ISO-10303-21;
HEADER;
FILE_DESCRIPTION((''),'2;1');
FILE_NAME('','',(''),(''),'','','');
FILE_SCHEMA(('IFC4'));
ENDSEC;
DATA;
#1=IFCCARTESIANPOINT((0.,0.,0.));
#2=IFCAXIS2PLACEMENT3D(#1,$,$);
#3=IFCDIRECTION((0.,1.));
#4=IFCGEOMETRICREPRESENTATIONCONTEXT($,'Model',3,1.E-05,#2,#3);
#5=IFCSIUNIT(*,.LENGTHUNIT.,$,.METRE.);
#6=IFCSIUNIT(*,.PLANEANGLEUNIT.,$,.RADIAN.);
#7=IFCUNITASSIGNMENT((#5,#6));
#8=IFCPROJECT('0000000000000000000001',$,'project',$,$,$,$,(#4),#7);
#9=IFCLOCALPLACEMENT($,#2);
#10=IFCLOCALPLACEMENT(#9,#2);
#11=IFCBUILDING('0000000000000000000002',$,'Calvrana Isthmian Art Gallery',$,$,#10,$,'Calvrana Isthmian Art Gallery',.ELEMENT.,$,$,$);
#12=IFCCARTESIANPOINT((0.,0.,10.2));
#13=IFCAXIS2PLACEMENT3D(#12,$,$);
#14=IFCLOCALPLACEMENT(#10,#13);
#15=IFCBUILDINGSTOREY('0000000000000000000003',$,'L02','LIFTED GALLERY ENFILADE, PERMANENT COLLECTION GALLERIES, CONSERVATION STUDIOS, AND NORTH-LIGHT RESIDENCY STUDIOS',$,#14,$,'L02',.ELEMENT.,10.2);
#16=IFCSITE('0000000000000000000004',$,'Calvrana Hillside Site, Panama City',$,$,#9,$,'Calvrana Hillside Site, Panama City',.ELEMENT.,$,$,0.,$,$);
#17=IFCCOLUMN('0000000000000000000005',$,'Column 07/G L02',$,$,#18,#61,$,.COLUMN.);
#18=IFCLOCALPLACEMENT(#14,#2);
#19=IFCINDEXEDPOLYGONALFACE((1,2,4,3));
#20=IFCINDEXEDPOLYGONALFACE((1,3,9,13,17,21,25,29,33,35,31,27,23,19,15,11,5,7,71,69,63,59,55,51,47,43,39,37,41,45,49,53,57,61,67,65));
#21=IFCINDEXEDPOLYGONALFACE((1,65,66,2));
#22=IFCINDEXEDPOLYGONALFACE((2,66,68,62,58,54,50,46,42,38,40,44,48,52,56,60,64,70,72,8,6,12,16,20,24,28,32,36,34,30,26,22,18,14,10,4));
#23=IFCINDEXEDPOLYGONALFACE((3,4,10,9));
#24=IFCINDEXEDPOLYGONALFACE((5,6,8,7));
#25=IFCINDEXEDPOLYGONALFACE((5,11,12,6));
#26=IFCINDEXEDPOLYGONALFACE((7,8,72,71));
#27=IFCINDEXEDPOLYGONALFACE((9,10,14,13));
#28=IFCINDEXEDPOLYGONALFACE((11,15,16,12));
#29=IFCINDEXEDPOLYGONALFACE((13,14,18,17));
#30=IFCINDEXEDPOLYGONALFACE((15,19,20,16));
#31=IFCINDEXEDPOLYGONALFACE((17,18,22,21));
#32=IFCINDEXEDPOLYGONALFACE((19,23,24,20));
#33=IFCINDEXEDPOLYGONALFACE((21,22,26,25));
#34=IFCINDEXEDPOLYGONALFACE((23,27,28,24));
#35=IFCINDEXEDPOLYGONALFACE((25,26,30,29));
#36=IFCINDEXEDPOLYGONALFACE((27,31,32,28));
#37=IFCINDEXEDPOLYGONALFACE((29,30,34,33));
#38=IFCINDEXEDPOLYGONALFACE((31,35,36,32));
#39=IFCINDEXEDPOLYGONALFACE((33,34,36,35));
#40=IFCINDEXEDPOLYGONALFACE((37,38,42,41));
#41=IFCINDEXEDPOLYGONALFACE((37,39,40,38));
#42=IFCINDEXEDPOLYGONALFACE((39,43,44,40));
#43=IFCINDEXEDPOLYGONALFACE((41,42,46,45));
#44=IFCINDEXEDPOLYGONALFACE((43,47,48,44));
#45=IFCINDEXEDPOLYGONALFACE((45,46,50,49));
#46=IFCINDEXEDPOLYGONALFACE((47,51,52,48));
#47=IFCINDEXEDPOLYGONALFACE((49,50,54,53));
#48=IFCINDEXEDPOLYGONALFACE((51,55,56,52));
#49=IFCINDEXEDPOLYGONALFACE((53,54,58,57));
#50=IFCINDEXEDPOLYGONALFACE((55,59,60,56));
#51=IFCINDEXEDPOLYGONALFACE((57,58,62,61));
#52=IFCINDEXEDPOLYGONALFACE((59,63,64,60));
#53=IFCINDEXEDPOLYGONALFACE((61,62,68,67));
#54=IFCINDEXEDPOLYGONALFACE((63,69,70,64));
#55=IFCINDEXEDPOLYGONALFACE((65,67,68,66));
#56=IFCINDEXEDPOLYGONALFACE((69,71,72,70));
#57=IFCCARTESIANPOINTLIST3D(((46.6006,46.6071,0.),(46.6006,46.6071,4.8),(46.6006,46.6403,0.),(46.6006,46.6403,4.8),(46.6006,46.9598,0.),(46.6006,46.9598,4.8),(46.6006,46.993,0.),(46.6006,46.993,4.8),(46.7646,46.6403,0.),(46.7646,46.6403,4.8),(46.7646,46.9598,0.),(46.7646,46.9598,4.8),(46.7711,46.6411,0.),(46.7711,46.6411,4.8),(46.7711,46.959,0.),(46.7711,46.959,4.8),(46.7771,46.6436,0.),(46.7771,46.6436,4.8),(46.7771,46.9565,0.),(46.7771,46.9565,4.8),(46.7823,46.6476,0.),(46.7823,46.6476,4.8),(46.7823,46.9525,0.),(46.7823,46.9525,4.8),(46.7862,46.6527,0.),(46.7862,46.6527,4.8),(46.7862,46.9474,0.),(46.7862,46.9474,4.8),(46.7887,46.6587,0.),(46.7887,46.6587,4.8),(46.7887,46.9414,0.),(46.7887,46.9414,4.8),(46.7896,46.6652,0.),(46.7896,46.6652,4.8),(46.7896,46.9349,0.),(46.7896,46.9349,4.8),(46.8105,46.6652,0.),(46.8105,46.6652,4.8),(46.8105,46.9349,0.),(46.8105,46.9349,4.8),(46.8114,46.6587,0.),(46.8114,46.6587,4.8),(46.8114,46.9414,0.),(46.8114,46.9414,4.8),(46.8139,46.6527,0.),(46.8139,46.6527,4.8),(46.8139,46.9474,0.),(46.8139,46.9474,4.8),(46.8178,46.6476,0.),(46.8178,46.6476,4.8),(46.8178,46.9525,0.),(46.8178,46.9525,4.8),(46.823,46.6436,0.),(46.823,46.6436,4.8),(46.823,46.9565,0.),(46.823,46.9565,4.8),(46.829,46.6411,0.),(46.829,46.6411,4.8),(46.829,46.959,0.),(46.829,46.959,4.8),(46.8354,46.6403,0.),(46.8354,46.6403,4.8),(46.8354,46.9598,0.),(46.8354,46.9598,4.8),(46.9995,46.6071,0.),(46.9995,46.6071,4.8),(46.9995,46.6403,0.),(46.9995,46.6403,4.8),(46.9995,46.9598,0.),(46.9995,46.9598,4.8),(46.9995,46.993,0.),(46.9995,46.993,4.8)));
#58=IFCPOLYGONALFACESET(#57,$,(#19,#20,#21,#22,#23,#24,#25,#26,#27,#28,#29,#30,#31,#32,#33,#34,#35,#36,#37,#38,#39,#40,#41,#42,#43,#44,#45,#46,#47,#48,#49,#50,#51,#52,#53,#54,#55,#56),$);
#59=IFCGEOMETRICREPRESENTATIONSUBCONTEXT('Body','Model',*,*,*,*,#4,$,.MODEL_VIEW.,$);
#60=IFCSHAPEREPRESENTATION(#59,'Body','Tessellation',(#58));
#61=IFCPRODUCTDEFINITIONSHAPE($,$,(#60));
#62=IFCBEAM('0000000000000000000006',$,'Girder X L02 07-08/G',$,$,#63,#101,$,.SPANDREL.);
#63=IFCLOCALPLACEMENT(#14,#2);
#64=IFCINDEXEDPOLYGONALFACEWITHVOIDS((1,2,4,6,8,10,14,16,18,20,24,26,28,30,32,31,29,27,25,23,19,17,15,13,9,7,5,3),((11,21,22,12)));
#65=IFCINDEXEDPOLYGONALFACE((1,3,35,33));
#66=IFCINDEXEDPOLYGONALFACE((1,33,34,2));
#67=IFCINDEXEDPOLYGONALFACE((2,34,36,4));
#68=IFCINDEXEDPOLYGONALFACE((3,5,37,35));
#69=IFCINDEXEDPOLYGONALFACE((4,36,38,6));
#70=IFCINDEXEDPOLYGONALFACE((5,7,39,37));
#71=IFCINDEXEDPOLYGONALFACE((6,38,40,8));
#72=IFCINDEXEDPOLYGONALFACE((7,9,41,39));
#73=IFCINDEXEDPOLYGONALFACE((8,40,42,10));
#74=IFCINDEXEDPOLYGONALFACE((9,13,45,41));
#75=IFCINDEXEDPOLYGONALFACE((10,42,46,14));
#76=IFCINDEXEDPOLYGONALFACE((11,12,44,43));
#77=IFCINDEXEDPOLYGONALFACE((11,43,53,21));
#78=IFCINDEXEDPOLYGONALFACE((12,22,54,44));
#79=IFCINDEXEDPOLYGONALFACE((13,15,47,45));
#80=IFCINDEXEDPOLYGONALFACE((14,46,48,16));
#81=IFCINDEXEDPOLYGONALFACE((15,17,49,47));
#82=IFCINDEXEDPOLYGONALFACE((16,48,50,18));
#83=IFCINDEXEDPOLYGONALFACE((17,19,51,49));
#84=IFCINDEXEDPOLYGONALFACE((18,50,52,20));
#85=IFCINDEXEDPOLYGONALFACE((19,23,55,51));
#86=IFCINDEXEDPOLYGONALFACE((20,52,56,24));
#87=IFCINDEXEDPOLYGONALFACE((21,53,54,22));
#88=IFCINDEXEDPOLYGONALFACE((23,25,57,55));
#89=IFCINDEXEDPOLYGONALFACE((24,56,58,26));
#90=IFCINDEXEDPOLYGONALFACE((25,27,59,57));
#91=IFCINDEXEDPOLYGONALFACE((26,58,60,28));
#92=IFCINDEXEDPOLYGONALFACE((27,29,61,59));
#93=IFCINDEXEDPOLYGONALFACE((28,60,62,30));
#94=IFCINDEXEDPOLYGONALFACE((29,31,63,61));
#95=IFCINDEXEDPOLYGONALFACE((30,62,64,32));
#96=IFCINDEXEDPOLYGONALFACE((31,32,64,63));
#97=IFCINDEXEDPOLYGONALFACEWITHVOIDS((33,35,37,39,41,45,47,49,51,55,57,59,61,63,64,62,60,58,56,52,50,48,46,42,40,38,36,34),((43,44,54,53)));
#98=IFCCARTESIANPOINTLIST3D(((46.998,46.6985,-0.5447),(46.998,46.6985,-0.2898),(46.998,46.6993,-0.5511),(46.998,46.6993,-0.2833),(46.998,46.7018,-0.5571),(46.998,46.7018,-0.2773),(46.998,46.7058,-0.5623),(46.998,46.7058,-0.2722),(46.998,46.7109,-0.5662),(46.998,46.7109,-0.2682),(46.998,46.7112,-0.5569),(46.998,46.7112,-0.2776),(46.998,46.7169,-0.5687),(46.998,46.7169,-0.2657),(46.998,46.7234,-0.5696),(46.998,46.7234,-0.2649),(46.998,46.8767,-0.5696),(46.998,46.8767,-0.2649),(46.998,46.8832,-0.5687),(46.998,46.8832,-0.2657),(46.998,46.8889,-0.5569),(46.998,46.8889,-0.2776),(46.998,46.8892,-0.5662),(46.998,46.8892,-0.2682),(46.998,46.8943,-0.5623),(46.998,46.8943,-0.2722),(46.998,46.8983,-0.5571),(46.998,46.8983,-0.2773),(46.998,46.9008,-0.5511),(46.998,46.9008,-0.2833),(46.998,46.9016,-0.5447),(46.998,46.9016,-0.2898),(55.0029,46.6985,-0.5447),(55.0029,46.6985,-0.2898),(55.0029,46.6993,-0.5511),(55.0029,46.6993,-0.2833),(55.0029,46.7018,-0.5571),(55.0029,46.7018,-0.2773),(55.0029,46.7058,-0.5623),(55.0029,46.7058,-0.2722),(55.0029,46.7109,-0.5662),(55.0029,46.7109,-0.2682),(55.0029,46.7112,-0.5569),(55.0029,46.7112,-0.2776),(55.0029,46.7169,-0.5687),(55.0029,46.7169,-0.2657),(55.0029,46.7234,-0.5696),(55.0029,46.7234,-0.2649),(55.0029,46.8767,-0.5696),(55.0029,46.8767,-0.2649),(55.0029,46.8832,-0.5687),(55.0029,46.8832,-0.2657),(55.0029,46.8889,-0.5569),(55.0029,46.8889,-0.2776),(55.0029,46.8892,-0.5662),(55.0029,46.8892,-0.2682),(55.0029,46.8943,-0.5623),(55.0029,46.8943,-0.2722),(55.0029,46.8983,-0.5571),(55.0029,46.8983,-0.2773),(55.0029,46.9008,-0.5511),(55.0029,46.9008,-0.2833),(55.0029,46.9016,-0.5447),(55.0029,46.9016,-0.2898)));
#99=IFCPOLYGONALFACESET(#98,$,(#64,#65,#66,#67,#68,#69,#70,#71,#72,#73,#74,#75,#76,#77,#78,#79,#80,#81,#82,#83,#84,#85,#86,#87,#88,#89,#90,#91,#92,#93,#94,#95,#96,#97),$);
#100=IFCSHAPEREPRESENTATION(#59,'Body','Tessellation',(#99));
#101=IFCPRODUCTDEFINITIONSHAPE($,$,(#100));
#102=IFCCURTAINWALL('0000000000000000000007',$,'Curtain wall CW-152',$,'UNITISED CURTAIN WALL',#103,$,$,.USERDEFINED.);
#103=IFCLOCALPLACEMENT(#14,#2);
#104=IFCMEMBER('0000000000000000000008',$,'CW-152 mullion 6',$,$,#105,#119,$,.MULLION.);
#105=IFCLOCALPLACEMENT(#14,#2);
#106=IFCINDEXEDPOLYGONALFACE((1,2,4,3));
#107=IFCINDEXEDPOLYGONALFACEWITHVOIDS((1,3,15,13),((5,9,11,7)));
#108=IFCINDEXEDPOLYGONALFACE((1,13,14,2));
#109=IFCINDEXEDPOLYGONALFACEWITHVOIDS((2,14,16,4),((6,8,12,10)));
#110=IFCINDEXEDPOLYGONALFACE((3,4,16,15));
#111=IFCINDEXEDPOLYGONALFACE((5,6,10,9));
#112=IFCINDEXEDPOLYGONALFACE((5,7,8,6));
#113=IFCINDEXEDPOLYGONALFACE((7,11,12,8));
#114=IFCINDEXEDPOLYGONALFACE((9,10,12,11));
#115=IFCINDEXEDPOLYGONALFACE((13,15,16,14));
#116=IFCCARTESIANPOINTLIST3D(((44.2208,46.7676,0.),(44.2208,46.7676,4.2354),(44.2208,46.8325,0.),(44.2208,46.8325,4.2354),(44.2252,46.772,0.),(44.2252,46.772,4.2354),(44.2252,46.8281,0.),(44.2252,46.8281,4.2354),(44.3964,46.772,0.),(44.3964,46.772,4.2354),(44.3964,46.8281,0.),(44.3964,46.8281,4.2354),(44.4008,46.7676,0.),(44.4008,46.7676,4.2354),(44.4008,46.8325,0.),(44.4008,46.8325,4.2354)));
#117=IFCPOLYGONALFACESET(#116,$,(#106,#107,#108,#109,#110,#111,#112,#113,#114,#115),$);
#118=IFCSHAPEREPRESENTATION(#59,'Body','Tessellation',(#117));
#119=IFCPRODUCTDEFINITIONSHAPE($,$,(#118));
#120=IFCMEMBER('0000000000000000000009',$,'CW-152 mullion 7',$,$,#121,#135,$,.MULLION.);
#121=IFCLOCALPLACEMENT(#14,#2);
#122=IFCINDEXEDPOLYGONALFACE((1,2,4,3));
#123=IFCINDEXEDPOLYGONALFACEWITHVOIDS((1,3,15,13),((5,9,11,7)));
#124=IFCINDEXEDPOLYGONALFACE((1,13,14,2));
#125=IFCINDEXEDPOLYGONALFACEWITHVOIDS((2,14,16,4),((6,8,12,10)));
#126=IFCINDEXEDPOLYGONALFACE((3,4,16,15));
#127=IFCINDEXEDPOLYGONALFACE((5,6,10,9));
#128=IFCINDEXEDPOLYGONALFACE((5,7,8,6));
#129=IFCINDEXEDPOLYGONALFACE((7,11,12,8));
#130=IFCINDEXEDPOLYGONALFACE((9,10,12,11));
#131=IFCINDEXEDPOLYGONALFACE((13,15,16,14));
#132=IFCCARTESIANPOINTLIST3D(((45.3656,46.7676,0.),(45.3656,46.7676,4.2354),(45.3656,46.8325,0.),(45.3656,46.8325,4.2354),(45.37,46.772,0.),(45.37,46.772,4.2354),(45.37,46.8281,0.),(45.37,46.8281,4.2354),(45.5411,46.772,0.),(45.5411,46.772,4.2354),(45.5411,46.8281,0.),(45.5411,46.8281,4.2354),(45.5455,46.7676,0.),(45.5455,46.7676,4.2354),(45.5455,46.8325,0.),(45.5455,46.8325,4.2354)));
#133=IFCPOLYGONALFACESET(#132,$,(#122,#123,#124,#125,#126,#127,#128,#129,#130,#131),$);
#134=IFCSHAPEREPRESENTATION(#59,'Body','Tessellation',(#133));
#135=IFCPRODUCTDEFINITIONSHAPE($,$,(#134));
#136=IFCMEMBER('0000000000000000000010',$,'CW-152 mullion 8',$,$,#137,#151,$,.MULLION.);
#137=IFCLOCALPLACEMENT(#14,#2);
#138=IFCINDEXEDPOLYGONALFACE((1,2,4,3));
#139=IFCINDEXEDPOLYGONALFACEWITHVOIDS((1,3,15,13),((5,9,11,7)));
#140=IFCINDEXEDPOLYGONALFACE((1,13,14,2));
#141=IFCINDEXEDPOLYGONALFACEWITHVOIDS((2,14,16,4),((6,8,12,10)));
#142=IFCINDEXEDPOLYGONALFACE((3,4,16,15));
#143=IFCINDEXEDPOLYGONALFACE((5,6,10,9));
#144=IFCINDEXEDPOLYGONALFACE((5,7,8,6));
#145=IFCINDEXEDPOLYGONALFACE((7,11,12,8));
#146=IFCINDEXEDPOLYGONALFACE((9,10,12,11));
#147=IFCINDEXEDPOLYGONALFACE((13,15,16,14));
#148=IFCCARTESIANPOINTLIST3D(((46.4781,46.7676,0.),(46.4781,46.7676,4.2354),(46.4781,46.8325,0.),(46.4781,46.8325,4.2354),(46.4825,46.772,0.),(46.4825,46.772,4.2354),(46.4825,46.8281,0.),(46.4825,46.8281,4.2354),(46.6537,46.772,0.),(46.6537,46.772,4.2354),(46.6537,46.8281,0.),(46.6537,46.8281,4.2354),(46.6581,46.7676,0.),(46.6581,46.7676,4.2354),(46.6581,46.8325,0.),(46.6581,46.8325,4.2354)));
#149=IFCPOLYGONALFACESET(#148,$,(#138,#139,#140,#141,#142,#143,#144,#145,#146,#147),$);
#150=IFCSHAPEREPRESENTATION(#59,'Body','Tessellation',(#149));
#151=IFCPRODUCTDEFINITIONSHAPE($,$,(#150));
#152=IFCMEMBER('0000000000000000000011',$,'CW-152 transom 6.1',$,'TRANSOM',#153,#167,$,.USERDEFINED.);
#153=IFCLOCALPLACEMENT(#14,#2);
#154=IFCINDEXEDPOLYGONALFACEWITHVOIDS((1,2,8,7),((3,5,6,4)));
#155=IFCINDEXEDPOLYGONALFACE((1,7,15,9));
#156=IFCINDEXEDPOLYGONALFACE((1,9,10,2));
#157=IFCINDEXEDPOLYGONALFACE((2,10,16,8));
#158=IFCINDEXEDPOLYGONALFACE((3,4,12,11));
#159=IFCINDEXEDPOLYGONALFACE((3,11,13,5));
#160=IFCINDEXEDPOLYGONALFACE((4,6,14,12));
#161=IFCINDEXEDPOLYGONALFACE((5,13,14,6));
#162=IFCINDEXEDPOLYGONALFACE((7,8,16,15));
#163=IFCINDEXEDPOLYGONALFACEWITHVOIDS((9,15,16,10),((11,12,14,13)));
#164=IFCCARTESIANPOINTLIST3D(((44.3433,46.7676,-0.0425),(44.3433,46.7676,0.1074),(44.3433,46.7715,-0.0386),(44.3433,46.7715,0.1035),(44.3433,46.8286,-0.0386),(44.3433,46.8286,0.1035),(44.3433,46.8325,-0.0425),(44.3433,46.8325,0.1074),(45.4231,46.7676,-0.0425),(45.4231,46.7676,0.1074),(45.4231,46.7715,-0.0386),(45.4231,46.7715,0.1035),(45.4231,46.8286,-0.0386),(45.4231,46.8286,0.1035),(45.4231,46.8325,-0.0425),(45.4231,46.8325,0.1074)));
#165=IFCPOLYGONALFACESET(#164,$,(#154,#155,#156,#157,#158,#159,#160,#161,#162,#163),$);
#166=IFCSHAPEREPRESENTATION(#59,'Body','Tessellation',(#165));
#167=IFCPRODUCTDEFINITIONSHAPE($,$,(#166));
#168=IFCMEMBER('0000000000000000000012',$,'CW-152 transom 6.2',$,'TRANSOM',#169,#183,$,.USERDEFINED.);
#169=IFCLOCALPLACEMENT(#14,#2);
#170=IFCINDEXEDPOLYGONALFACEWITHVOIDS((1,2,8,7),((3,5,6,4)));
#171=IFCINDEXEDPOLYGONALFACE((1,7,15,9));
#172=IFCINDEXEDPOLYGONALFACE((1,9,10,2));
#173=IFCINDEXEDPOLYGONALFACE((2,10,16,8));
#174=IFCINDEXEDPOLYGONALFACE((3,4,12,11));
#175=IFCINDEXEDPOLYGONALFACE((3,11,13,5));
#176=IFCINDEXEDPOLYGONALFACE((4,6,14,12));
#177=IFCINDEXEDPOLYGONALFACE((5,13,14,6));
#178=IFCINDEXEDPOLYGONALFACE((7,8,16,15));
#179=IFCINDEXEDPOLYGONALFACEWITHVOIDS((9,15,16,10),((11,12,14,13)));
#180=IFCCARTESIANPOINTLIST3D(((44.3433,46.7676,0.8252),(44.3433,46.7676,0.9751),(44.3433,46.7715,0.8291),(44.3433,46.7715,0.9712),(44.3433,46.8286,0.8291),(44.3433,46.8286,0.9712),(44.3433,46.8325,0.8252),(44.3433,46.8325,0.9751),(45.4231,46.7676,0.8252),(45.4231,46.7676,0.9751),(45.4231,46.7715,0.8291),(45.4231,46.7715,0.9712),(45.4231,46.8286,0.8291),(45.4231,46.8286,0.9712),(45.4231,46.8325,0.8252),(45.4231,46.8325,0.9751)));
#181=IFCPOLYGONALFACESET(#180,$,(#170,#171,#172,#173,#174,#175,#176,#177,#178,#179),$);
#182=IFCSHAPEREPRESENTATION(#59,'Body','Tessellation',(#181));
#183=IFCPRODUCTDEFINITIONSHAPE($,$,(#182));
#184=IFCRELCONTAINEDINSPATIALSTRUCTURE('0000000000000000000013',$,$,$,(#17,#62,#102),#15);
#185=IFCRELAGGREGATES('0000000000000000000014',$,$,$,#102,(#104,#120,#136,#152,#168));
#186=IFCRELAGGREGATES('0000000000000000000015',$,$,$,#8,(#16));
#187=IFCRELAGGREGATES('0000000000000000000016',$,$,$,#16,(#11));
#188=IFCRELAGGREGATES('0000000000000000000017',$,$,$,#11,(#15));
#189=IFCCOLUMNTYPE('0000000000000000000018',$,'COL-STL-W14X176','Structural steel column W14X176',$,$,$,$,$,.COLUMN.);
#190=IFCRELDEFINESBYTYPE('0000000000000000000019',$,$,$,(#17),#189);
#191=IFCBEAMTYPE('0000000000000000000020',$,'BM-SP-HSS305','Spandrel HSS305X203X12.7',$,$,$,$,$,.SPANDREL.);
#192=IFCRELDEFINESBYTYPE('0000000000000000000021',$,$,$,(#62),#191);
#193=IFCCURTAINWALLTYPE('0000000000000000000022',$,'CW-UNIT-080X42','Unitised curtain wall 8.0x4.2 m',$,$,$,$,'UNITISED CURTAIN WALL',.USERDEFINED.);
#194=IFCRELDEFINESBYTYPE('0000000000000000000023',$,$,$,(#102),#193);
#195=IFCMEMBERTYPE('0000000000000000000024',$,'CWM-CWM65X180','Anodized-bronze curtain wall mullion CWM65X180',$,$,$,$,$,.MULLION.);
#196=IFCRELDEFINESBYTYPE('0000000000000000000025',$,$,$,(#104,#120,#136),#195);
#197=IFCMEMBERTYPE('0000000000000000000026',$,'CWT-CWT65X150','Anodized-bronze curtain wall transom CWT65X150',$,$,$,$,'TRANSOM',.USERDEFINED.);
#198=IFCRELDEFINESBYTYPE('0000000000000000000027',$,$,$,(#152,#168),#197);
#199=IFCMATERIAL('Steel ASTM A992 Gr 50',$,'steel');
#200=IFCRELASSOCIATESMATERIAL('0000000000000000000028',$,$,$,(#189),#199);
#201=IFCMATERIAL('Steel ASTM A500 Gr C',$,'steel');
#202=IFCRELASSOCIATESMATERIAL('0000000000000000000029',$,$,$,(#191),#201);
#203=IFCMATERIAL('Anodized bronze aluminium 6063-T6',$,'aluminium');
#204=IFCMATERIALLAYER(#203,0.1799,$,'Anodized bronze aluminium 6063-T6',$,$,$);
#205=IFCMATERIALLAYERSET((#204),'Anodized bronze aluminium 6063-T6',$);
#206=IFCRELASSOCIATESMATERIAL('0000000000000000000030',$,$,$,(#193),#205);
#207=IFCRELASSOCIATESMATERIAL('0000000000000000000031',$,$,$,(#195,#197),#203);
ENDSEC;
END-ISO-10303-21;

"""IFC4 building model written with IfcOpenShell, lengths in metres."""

from ifc_helpers import new_model, si_unit, direction, frame, origin, origin_2d, place, context, subcontext, project, spatial, hollow_rectangle, i_section, extrude, material, layer, layer_set, material_profile, profile_set, type_object, element, aggregate, save


model = new_model("IFC4")

# Units and contexts
model_context = context("Model", 3, precision=1e-05, world=origin(), true_north=direction((0.0, 1.0)))
body_context = subcontext(model_context, "Body", "Model", "MODEL_VIEW")
ifc_project = project(units=[si_unit("LENGTHUNIT", "METRE"), si_unit("PLANEANGLEUNIT", "RADIAN")], contexts=[model_context])

# Site, building, storey
site_placement = place(None, origin())
site = spatial("IfcSite", under=ifc_project, at=site_placement, Name="Calvrana Hillside Site, Panama City", LongName="Calvrana Hillside Site, Panama City", CompositionType="ELEMENT", RefElevation=0.0)
building_placement = place(site_placement, origin())
building = spatial("IfcBuilding", under=site, at=building_placement, Name="Calvrana Isthmian Art Gallery", LongName="Calvrana Isthmian Art Gallery", CompositionType="ELEMENT")
storey_placement = place(building_placement, frame((0.0, 0.0, 10.2)))
storey = spatial("IfcBuildingStorey", under=building, at=storey_placement, Name="L02", Description="LIFTED GALLERY ENFILADE, PERMANENT COLLECTION GALLERIES, CONSERVATION STUDIOS, AND NORTH-LIGHT RESIDENCY STUDIOS", LongName="L02", CompositionType="ELEMENT", Elevation=10.2)

# Column
ifc_material_1 = material(Name="Steel ASTM A992 Gr 50", Category="steel")
ifc_material_profile_1 = material_profile(ifc_material_1, i_section(OverallWidth=0.3989, OverallDepth=0.386, WebThickness=0.021, FlangeThickness=0.0332, FilletRadius=0.0249, at=origin_2d()), Name="W14X176")
ifc_profile_set_1 = profile_set([ifc_material_profile_1], Name="Steel ASTM A992 Gr 50")
column_type = type_object("IfcColumnType", Name="COL-STL-W14X176", Description="Structural steel column W14X176", PredefinedType="COLUMN", material=ifc_profile_set_1)
column_placement = place(storey_placement, frame((46.8, 46.8, 0.0), z_axis=(0.0, 0.0, 1.0), x_axis=(1.0, 0.0, 0.0)))
element("IfcColumn", 1, at=column_placement, inside=storey, type_object=column_type, Name="Column 07/G L02", PredefinedType="COLUMN", context=body_context, shape_type="SweptSolid", body=[
    extrude(i_section(OverallWidth=0.3989, OverallDepth=0.386, WebThickness=0.021, FlangeThickness=0.0332, FilletRadius=0.0249, at=origin_2d()), origin(), (0.0, 0.0, 1.0), 4.8),
])

# Beam
ifc_material_2 = material(Name="Steel ASTM A500 Gr C", Category="steel")
ifc_material_profile_2 = material_profile(ifc_material_2, hollow_rectangle(XDim=0.2031, YDim=0.3047, WallThickness=0.0127, OuterFilletRadius=0.0249, at=origin_2d()), Name="HSS305X203X12.7")
ifc_profile_set_2 = profile_set([ifc_material_profile_2], Name="Steel ASTM A500 Gr C")
beam_type = type_object("IfcBeamType", Name="BM-SP-HSS305", Description="Spandrel HSS305X203X12.7", PredefinedType="SPANDREL", material=ifc_profile_set_2)
beam_placement = place(storey_placement, frame((46.998, 46.8, -0.4172), z_axis=(1.0, 0.0, 0.0), x_axis=(0.0, 1.0, 0.0)))
element("IfcBeam", 2, at=beam_placement, inside=storey, type_object=beam_type, Name="Girder X L02 07-08/G", PredefinedType="SPANDREL", context=body_context, shape_type="SweptSolid", body=[
    extrude(hollow_rectangle(XDim=0.2031, YDim=0.3047, WallThickness=0.0127, OuterFilletRadius=0.0249, at=origin_2d()), origin(), (0.0, 0.0, 1.0), 8.0049),
])

# Curtain wall, members
ifc_material_3 = material(Name="Anodized bronze aluminium 6063-T6", Category="aluminium")
ifc_layer_1 = layer(ifc_material_3, 0.1799, Name="Anodized bronze aluminium 6063-T6")
ifc_layer_set_1 = layer_set([ifc_layer_1], Name="Anodized bronze aluminium 6063-T6")
curtain_wall_type = type_object("IfcCurtainWallType", Name="CW-UNIT-080X42", Description="Unitised curtain wall 8.0x4.2 m", ElementType="UNITISED CURTAIN WALL", PredefinedType="USERDEFINED", material=ifc_layer_set_1)
curtain_wall_placement = place(storey_placement, origin())
curtain_wall = element("IfcCurtainWall", 3, at=curtain_wall_placement, inside=storey, type_object=curtain_wall_type, Name="Curtain wall CW-152", ObjectType="UNITISED CURTAIN WALL", PredefinedType="USERDEFINED")
ifc_material_profile_3 = material_profile(ifc_material_3, hollow_rectangle(XDim=0.0649, YDim=0.1799, WallThickness=0.0044, at=origin_2d()), Name="CWM65X180")
ifc_profile_set_3 = profile_set([ifc_material_profile_3], Name="Anodized bronze aluminium 6063-T6")
member_type_1 = type_object("IfcMemberType", Name="CWM-CWM65X180", Description="Anodized-bronze curtain wall mullion CWM65X180", PredefinedType="MULLION", material=ifc_profile_set_3)
member_1_placement = place(storey_placement, frame((44.3108, 46.8, 0.0), z_axis=(0.0, 0.0, 1.0), x_axis=(0.0, 1.0, 0.0)))
member_1 = element("IfcMember", 4, at=member_1_placement, type_object=member_type_1, Name="CW-152 mullion 6", PredefinedType="MULLION", context=body_context, shape_type="SweptSolid", body=[
    extrude(hollow_rectangle(XDim=0.0649, YDim=0.1799, WallThickness=0.0044, at=origin_2d()), origin(), (0.0, 0.0, 1.0), 4.2354),
])
member_2_placement = place(storey_placement, frame((45.4556, 46.8, 0.0), z_axis=(0.0, 0.0, 1.0), x_axis=(0.0, 1.0, 0.0)))
member_2 = element("IfcMember", 5, at=member_2_placement, type_object=member_type_1, Name="CW-152 mullion 7", PredefinedType="MULLION", context=body_context, shape_type="SweptSolid", body=[
    extrude(hollow_rectangle(XDim=0.0649, YDim=0.1799, WallThickness=0.0044, at=origin_2d()), origin(), (0.0, 0.0, 1.0), 4.2354),
])
member_3_placement = place(storey_placement, frame((46.5681, 46.8, 0.0), z_axis=(0.0, 0.0, 1.0), x_axis=(0.0, 1.0, 0.0)))
member_3 = element("IfcMember", 6, at=member_3_placement, type_object=member_type_1, Name="CW-152 mullion 8", PredefinedType="MULLION", context=body_context, shape_type="SweptSolid", body=[
    extrude(hollow_rectangle(XDim=0.0649, YDim=0.1799, WallThickness=0.0044, at=origin_2d()), origin(), (0.0, 0.0, 1.0), 4.2354),
])
ifc_material_profile_4 = material_profile(ifc_material_3, hollow_rectangle(XDim=0.0649, YDim=0.1499, WallThickness=0.0039, at=origin_2d()), Name="CWT65X150")
ifc_profile_set_4 = profile_set([ifc_material_profile_4], Name="Anodized bronze aluminium 6063-T6")
member_type_2 = type_object("IfcMemberType", Name="CWT-CWT65X150", Description="Anodized-bronze curtain wall transom CWT65X150", ElementType="TRANSOM", PredefinedType="USERDEFINED", material=ifc_profile_set_4)
member_4_placement = place(storey_placement, frame((44.3433, 46.8, 0.0325), z_axis=(1.0, 0.0, 0.0), x_axis=(0.0, 1.0, 0.0)))
member_4 = element("IfcMember", 7, at=member_4_placement, type_object=member_type_2, Name="CW-152 transom 6.1", ObjectType="TRANSOM", PredefinedType="USERDEFINED", context=body_context, shape_type="SweptSolid", body=[
    extrude(hollow_rectangle(XDim=0.0649, YDim=0.1499, WallThickness=0.0039, at=origin_2d()), origin(), (0.0, 0.0, 1.0), 1.0798),
])
member_5_placement = place(storey_placement, frame((44.3433, 46.8, 0.9001), z_axis=(1.0, 0.0, 0.0), x_axis=(0.0, 1.0, 0.0)))
member_5 = element("IfcMember", 8, at=member_5_placement, type_object=member_type_2, Name="CW-152 transom 6.2", ObjectType="TRANSOM", PredefinedType="USERDEFINED", context=body_context, shape_type="SweptSolid", body=[
    extrude(hollow_rectangle(XDim=0.0649, YDim=0.1499, WallThickness=0.0039, at=origin_2d()), origin(), (0.0, 0.0, 1.0), 1.0798),
])

aggregate(curtain_wall, [member_1, member_2, member_3, member_4, member_5])

save(model, "model.ifc")
